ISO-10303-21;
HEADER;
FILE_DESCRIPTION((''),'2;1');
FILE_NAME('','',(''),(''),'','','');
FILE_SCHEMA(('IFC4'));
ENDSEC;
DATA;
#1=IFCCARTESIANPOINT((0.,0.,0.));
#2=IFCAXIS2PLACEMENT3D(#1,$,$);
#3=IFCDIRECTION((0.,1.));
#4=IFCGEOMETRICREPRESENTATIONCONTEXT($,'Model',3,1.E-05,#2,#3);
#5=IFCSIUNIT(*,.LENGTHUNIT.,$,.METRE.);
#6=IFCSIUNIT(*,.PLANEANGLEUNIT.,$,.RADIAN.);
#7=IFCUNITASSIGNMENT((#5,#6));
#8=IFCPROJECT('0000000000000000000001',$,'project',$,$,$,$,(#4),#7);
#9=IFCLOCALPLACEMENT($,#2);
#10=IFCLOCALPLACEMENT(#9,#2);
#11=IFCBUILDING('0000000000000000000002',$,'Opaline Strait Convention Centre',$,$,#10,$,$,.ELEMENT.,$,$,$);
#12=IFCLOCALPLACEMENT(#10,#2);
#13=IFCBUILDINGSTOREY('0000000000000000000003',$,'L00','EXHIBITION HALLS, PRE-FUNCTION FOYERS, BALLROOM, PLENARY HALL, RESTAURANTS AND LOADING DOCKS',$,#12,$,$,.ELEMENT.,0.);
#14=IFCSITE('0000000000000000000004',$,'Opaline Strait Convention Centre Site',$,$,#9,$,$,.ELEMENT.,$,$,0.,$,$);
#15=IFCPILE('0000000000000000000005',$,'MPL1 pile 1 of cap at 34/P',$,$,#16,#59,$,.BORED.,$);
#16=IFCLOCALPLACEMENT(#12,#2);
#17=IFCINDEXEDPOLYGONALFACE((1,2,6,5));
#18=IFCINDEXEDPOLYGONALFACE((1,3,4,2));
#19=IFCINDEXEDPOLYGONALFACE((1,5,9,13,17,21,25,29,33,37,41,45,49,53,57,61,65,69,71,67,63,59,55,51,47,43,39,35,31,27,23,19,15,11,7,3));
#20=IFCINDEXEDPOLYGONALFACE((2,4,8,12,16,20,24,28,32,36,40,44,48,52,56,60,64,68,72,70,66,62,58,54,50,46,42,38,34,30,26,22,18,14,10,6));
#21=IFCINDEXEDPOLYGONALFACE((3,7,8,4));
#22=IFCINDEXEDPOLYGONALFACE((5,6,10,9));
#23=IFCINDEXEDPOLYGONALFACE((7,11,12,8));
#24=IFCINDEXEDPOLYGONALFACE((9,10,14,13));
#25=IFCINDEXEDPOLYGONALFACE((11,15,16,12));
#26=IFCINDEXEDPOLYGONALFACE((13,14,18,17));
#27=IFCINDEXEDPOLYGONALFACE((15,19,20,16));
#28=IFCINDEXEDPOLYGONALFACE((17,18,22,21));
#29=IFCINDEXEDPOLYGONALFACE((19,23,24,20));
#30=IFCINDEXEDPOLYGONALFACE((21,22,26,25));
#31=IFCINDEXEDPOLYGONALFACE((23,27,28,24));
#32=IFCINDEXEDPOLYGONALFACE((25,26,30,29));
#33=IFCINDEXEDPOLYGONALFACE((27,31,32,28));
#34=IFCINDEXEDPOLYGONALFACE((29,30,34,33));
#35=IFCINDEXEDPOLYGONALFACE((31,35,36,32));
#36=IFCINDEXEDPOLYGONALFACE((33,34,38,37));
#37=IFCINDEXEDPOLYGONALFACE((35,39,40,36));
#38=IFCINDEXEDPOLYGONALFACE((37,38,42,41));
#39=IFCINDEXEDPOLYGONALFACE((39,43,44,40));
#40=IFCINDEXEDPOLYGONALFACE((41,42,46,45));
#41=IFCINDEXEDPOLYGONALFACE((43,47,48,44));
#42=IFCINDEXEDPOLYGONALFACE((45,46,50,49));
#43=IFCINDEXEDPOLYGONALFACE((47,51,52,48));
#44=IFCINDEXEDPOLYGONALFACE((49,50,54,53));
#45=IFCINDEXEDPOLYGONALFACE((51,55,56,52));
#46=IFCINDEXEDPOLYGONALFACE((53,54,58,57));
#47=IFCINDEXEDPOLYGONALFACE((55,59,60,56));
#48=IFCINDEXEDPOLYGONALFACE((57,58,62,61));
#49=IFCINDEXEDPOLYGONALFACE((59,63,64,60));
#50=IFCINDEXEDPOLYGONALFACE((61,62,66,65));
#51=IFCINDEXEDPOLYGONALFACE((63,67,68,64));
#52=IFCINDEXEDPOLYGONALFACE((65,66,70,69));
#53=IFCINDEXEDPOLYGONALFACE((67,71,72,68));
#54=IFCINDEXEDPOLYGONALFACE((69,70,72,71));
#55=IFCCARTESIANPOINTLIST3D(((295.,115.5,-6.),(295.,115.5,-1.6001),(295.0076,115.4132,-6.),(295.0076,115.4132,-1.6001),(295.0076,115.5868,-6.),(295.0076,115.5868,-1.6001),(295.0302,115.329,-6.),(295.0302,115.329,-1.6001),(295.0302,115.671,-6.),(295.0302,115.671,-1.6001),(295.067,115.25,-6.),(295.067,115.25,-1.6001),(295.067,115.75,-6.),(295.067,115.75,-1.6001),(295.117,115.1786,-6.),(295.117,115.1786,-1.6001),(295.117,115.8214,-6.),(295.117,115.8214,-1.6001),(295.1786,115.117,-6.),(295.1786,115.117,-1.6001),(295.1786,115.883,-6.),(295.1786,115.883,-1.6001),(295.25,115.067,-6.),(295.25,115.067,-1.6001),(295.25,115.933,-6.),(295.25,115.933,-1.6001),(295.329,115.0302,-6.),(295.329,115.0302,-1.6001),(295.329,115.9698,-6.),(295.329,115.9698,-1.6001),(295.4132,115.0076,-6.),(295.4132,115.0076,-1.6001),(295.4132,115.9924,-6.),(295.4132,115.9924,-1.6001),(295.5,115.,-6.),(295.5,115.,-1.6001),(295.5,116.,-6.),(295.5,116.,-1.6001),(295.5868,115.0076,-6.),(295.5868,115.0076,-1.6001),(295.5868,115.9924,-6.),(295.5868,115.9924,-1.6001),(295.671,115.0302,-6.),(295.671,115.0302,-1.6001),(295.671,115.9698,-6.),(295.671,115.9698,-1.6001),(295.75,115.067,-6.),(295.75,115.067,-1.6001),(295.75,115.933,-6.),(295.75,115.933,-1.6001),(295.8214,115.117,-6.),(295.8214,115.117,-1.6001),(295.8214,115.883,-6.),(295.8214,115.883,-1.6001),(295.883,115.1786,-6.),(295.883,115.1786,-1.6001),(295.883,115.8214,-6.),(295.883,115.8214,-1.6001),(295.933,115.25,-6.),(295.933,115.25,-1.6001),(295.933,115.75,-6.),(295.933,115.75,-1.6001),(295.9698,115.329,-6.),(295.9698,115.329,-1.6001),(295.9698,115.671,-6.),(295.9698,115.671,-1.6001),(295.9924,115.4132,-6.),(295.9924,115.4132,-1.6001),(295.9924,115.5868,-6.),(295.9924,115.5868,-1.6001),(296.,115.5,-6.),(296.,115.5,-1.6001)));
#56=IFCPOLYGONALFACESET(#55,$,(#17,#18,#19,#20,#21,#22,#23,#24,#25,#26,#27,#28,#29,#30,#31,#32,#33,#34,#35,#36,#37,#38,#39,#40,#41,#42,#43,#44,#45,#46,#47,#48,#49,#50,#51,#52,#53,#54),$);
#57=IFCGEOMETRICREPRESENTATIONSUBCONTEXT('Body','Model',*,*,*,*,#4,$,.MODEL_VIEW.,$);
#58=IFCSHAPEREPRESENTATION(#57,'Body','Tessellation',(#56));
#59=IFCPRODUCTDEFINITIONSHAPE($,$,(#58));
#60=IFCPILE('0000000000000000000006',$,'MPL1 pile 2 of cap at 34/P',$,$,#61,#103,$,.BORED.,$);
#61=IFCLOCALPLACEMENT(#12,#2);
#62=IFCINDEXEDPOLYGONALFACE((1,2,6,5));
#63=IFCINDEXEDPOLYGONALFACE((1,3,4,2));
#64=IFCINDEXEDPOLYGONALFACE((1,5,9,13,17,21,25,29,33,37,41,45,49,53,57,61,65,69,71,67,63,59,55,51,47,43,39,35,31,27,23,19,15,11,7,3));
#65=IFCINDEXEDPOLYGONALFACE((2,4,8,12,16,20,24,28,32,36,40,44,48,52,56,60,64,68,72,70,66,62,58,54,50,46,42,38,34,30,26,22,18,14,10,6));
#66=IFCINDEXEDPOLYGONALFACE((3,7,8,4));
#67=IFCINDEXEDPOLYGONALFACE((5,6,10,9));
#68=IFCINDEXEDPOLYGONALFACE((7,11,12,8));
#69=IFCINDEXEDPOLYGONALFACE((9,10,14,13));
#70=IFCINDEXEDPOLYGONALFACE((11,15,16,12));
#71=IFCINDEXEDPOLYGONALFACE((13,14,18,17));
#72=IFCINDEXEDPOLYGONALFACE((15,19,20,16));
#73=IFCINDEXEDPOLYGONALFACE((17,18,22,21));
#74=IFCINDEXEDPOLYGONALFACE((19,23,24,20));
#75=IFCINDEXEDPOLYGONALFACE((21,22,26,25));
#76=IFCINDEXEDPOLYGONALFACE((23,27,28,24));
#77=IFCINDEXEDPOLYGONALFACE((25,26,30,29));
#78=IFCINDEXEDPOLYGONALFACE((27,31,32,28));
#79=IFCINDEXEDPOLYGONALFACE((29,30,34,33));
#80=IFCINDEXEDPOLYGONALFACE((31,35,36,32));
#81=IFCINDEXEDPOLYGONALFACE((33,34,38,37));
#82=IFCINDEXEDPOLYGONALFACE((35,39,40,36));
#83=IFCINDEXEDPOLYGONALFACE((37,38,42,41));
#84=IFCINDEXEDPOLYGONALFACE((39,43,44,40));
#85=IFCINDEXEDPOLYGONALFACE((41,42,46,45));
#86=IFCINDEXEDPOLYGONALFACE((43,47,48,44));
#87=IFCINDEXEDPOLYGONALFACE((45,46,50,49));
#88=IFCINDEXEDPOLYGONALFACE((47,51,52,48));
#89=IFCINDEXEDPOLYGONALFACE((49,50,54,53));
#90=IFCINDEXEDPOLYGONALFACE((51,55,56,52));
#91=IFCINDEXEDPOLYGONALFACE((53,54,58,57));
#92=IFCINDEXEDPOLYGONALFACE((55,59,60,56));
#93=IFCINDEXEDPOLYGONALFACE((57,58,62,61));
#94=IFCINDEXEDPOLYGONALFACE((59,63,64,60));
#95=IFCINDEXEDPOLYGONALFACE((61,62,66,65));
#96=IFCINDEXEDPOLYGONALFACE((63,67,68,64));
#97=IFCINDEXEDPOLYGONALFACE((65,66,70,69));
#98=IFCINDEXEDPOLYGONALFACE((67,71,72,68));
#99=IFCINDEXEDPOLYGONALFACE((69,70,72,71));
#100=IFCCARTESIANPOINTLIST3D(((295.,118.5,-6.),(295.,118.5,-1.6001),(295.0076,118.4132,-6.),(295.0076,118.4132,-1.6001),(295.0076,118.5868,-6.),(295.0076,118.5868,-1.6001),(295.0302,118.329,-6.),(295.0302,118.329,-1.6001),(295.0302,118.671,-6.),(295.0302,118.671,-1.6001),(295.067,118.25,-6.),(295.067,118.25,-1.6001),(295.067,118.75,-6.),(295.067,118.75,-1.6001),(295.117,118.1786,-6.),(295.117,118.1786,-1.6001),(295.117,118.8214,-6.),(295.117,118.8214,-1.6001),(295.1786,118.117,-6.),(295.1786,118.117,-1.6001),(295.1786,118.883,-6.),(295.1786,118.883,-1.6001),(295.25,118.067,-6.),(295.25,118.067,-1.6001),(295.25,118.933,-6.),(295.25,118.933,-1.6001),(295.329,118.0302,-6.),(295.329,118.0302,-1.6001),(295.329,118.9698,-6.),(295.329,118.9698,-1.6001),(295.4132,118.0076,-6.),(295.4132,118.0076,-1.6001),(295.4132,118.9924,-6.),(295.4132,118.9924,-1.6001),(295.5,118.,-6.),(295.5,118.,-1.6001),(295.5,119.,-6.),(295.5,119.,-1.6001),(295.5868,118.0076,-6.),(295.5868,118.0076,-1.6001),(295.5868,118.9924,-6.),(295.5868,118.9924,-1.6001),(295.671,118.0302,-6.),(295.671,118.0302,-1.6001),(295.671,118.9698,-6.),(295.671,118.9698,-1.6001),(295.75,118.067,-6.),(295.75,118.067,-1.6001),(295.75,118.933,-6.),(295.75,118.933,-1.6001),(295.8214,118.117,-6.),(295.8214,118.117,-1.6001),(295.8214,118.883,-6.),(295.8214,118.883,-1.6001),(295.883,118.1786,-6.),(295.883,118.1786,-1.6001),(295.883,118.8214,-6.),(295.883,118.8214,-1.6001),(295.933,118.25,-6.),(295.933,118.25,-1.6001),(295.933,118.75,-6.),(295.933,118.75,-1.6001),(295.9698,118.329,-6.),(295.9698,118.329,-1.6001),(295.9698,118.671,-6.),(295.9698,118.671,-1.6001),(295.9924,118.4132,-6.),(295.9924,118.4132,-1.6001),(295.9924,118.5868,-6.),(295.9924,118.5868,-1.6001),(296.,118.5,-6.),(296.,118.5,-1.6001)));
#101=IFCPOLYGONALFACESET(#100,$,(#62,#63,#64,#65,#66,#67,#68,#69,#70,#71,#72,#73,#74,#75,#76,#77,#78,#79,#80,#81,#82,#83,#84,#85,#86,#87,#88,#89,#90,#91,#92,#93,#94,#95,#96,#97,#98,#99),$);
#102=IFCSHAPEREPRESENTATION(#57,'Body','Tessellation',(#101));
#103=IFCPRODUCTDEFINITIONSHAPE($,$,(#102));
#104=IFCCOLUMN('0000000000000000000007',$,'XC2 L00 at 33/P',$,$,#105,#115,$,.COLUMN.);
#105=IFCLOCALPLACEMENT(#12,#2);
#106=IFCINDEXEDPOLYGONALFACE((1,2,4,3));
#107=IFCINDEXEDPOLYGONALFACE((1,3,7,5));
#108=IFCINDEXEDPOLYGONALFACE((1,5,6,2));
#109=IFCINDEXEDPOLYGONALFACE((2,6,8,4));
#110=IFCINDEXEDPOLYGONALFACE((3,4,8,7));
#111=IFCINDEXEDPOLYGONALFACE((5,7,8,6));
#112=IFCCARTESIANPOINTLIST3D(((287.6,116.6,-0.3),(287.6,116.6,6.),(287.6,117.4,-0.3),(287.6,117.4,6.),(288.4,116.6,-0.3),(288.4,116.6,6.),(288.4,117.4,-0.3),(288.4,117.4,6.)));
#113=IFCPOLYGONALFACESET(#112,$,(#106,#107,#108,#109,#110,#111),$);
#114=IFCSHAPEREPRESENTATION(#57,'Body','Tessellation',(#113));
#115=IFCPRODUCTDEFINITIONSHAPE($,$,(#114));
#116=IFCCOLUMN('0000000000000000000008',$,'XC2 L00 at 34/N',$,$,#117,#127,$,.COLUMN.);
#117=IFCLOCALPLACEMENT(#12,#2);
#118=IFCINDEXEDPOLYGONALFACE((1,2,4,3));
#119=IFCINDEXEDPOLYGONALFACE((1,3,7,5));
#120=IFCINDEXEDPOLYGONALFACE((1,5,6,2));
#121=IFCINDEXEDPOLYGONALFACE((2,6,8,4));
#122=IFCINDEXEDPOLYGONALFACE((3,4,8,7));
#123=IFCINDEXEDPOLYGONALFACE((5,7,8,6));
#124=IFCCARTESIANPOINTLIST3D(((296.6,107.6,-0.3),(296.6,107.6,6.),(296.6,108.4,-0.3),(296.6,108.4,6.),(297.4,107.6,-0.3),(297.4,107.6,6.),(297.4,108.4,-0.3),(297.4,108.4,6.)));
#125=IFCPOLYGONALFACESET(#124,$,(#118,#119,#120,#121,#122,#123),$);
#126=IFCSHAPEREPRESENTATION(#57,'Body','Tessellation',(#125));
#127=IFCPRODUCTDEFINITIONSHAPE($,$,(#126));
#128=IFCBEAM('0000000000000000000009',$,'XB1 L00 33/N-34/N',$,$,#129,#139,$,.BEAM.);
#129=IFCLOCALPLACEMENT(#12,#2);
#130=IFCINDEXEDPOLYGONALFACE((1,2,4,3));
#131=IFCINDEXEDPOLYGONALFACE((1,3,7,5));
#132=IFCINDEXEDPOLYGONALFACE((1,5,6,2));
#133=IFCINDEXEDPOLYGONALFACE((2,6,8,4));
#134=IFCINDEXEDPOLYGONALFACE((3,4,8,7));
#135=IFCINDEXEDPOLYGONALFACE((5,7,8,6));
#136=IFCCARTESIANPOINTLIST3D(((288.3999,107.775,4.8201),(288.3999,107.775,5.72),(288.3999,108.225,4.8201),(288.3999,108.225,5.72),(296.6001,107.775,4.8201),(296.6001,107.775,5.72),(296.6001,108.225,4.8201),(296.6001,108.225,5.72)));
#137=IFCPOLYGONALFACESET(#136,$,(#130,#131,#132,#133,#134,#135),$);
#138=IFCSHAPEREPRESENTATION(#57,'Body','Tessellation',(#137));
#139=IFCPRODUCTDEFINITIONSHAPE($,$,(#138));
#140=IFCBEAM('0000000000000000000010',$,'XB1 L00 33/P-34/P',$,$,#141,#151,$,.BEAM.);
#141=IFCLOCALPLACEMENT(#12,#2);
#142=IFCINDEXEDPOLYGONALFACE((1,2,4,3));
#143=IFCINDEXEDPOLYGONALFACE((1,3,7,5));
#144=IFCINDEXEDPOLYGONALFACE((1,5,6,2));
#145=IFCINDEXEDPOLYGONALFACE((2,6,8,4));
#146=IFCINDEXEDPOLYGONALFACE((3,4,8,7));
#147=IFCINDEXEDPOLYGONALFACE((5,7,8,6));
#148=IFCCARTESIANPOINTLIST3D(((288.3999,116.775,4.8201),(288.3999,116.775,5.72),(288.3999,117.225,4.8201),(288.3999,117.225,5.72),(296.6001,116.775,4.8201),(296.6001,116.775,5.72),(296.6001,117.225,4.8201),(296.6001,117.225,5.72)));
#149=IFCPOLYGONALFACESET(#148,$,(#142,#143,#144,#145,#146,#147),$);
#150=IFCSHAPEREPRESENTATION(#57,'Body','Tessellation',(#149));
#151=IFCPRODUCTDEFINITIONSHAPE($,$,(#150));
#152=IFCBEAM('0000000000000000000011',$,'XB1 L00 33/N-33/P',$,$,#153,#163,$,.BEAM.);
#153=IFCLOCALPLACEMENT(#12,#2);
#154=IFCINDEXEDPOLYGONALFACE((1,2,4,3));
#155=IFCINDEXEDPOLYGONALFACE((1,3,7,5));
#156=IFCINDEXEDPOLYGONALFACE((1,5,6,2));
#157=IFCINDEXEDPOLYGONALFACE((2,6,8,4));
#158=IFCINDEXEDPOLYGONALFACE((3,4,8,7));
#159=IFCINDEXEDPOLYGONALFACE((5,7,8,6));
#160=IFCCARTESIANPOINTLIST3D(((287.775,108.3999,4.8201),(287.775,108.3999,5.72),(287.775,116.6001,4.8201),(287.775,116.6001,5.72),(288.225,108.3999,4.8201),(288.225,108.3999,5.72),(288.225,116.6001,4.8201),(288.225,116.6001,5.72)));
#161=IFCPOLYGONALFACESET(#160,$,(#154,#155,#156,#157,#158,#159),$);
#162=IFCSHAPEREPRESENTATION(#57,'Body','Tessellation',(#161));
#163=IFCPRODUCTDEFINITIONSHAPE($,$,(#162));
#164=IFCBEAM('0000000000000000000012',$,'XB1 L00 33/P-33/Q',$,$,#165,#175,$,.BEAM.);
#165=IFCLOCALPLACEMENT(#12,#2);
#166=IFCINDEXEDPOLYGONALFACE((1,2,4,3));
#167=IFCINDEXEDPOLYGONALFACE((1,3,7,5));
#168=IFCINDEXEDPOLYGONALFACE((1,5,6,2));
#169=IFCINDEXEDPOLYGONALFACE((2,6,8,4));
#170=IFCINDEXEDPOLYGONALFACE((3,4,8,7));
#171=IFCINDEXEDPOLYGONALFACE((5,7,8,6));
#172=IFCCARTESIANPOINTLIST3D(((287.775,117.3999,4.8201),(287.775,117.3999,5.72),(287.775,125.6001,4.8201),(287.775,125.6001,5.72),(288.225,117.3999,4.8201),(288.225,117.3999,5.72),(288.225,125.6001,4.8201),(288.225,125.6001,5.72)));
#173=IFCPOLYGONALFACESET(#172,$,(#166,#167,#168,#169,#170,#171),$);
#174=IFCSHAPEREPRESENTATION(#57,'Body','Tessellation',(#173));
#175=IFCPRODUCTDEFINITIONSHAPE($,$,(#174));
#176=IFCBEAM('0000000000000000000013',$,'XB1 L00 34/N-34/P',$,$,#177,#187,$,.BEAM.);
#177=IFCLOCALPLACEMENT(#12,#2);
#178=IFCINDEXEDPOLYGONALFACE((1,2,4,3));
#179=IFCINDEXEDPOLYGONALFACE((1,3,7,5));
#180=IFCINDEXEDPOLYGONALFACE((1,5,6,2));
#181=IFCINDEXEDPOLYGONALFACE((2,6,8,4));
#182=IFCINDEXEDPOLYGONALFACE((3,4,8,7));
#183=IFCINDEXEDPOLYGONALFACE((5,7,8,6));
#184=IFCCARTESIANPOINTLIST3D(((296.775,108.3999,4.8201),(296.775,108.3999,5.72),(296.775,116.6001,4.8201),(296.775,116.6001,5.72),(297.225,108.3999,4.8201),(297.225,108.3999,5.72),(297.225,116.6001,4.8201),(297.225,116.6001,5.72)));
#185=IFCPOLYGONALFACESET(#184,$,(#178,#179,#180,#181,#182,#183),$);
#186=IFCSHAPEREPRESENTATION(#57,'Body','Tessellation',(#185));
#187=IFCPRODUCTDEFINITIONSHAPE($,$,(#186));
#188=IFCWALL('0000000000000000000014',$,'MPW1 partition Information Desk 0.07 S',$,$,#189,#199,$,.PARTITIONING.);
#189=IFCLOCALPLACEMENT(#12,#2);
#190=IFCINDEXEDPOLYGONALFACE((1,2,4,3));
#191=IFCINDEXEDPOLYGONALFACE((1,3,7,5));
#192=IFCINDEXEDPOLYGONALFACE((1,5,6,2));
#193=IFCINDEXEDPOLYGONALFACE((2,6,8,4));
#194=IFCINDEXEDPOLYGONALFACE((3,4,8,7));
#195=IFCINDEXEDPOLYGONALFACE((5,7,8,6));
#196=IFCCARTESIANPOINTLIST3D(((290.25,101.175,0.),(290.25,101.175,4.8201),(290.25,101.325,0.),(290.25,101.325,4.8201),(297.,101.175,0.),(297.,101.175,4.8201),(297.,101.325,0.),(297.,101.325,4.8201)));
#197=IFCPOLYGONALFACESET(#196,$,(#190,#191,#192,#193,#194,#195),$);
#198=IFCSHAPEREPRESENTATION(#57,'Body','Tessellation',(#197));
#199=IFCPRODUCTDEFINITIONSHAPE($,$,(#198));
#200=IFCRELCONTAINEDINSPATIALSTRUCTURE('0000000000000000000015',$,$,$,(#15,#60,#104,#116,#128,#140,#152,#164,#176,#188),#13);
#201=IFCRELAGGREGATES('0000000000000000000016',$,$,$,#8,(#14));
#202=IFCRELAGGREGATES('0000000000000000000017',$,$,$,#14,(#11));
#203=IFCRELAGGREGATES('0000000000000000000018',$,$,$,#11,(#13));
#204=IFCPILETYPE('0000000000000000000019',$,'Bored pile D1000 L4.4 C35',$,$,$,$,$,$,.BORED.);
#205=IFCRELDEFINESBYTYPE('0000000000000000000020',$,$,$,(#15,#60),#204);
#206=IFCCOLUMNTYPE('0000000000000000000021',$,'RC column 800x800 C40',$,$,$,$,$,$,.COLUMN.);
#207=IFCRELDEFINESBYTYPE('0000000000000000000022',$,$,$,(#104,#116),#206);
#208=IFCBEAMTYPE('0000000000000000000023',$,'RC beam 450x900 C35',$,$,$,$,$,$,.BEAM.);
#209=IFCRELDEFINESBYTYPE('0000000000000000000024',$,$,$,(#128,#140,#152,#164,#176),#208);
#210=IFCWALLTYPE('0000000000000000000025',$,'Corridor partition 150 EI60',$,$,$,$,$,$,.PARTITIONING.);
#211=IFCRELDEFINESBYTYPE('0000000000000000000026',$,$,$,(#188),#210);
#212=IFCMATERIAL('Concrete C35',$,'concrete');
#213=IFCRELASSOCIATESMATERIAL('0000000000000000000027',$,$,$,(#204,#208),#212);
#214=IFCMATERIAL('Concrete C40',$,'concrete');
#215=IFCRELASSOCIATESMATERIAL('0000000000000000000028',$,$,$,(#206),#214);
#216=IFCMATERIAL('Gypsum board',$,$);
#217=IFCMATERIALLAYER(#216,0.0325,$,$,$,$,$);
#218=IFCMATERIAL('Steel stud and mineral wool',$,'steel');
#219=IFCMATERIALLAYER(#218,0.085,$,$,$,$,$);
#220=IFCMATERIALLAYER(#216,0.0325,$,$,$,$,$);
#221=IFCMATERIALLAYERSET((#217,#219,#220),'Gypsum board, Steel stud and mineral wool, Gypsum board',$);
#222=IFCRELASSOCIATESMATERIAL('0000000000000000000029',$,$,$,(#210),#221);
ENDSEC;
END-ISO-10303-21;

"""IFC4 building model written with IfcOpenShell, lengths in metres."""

from ifc_helpers import new_model, si_unit, direction, frame, frame_2d, origin, origin_2d, place, context, subcontext, project, spatial, rectangle, circle, extrude, material, layer, layer_set, material_profile, profile_set, type_object, element, save


model = new_model("IFC4")

# Units and contexts
model_context = context("Model", 3, precision=1e-05, world=origin(), true_north=direction((0.0, 1.0)))
body_context = subcontext(model_context, "Body", "Model", "MODEL_VIEW")
ifc_project = project(units=[si_unit("LENGTHUNIT", "METRE"), si_unit("PLANEANGLEUNIT", "RADIAN")], contexts=[model_context])

# Site, building, storey
site_placement = place(None, origin())
site = spatial("IfcSite", under=ifc_project, at=site_placement, Name="Opaline Strait Convention Centre Site", CompositionType="ELEMENT", RefElevation=0.0)
building_placement = place(site_placement, origin())
building = spatial("IfcBuilding", under=site, at=building_placement, Name="Opaline Strait Convention Centre", CompositionType="ELEMENT")
storey_placement = place(building_placement, origin())
storey = spatial("IfcBuildingStorey", under=building, at=storey_placement, Name="L00", Description="EXHIBITION HALLS, PRE-FUNCTION FOYERS, BALLROOM, PLENARY HALL, RESTAURANTS AND LOADING DOCKS", CompositionType="ELEMENT", Elevation=0.0)

# Piles
ifc_material_1 = material(Name="Concrete C35", Category="concrete")
ifc_material_profile_1 = material_profile(ifc_material_1, circle(Radius=0.5, at=origin_2d()), Name="D1000")
ifc_profile_set_1 = profile_set([ifc_material_profile_1], Name="Concrete C35")
pile_type = type_object("IfcPileType", Name="Bored pile D1000 L4.4 C35", PredefinedType="BORED", material=ifc_profile_set_1)
for number, where, z_axis, x_axis, name in (
    (1, (295.5, 115.5, -1.6001), (0.0, 0.0, -1.0), (1.0, 0.0, 0.0), "MPL1 pile 1 of cap at 34/P"),
    (2, (295.5, 118.5, -1.6001), (0.0, 0.0, -1.0), (1.0, 0.0, 0.0), "MPL1 pile 2 of cap at 34/P"),
):
    element("IfcPile", number, at=place(storey_placement, frame(where, z_axis=z_axis, x_axis=x_axis)), inside=storey, type_object=pile_type, Name=name, PredefinedType="BORED", context=body_context, shape_type="SweptSolid", body=[
        extrude(circle(Radius=0.5, at=origin_2d()), origin(), (0.0, 0.0, 1.0), 4.3999),
    ])

# Columns
ifc_material_2 = material(Name="Concrete C40", Category="concrete")
ifc_material_profile_2 = material_profile(ifc_material_2, rectangle(XDim=0.8, YDim=0.8, at=origin_2d()), Name="RC 800x800")
ifc_profile_set_2 = profile_set([ifc_material_profile_2], Name="Concrete C40")
column_type = type_object("IfcColumnType", Name="RC column 800x800 C40", PredefinedType="COLUMN", material=ifc_profile_set_2)
for number, where, z_axis, x_axis, name in (
    (3, (288.0, 117.0, -0.3), (0.0, 0.0, 1.0), (1.0, 0.0, 0.0), "XC2 L00 at 33/P"),
    (4, (297.0, 108.0, -0.3), (0.0, 0.0, 1.0), (1.0, 0.0, 0.0), "XC2 L00 at 34/N"),
):
    element("IfcColumn", number, at=place(storey_placement, frame(where, z_axis=z_axis, x_axis=x_axis)), inside=storey, type_object=column_type, Name=name, PredefinedType="COLUMN", context=body_context, shape_type="SweptSolid", body=[
        extrude(rectangle(XDim=0.8, YDim=0.8, at=origin_2d()), origin(), (0.0, 0.0, 1.0), 6.3),
    ])

# Beams
ifc_material_profile_3 = material_profile(ifc_material_1, rectangle(XDim=0.45, YDim=0.8999, at=origin_2d()), Name="RC 450x900")
ifc_profile_set_3 = profile_set([ifc_material_profile_3], Name="Concrete C35")
beam_type = type_object("IfcBeamType", Name="RC beam 450x900 C35", PredefinedType="BEAM", material=ifc_profile_set_3)
for number, where, z_axis, x_axis, name in (
    (5, (288.3999, 108.0, 5.27), (1.0, 0.0, 0.0), (0.0, 1.0, 0.0), "XB1 L00 33/N-34/N"),
    (6, (288.3999, 117.0, 5.27), (1.0, 0.0, 0.0), (0.0, 1.0, 0.0), "XB1 L00 33/P-34/P"),
    (7, (288.0, 108.3999, 5.27), (0.0, 1.0, 0.0), (-1.0, 0.0, 0.0), "XB1 L00 33/N-33/P"),
    (8, (288.0, 117.3999, 5.27), (0.0, 1.0, 0.0), (-1.0, 0.0, 0.0), "XB1 L00 33/P-33/Q"),
    (9, (297.0, 108.3999, 5.27), (0.0, 1.0, 0.0), (-1.0, 0.0, 0.0), "XB1 L00 34/N-34/P"),
):
    element("IfcBeam", number, at=place(storey_placement, frame(where, z_axis=z_axis, x_axis=x_axis)), inside=storey, type_object=beam_type, Name=name, PredefinedType="BEAM", context=body_context, shape_type="SweptSolid", body=[
        extrude(rectangle(XDim=0.45, YDim=0.8999, at=origin_2d()), origin(), (0.0, 0.0, 1.0), 8.2002),
    ])

# Wall
ifc_material_3 = material(Name="Gypsum board")
ifc_layer_1 = layer(ifc_material_3, 0.0325)
ifc_material_4 = material(Name="Steel stud and mineral wool", Category="steel")
ifc_layer_2 = layer(ifc_material_4, 0.085)
ifc_layer_3 = layer(ifc_material_3, 0.0325)
ifc_layer_set_1 = layer_set([ifc_layer_1, ifc_layer_2, ifc_layer_3], Name="Gypsum board, Steel stud and mineral wool, Gypsum board")
wall_type_1 = type_object("IfcWallType", Name="Corridor partition 150 EI60", PredefinedType="PARTITIONING", material=ifc_layer_set_1)
wall_1_placement = place(storey_placement, frame((290.25, 101.25, 0.0), z_axis=(0.0, 0.0, 1.0), x_axis=(1.0, 0.0, 0.0)))
element("IfcWall", 10, at=wall_1_placement, inside=storey, type_object=wall_type_1, Name="MPW1 partition Information Desk 0.07 S", PredefinedType="PARTITIONING", context=body_context, shape_type="SweptSolid", body=[
    extrude(rectangle(XDim=6.75, YDim=0.1499, at=frame_2d((3.375, 0.0))), origin(), (0.0, 0.0, 1.0), 4.8201),
])

save(model, "model.ifc")
